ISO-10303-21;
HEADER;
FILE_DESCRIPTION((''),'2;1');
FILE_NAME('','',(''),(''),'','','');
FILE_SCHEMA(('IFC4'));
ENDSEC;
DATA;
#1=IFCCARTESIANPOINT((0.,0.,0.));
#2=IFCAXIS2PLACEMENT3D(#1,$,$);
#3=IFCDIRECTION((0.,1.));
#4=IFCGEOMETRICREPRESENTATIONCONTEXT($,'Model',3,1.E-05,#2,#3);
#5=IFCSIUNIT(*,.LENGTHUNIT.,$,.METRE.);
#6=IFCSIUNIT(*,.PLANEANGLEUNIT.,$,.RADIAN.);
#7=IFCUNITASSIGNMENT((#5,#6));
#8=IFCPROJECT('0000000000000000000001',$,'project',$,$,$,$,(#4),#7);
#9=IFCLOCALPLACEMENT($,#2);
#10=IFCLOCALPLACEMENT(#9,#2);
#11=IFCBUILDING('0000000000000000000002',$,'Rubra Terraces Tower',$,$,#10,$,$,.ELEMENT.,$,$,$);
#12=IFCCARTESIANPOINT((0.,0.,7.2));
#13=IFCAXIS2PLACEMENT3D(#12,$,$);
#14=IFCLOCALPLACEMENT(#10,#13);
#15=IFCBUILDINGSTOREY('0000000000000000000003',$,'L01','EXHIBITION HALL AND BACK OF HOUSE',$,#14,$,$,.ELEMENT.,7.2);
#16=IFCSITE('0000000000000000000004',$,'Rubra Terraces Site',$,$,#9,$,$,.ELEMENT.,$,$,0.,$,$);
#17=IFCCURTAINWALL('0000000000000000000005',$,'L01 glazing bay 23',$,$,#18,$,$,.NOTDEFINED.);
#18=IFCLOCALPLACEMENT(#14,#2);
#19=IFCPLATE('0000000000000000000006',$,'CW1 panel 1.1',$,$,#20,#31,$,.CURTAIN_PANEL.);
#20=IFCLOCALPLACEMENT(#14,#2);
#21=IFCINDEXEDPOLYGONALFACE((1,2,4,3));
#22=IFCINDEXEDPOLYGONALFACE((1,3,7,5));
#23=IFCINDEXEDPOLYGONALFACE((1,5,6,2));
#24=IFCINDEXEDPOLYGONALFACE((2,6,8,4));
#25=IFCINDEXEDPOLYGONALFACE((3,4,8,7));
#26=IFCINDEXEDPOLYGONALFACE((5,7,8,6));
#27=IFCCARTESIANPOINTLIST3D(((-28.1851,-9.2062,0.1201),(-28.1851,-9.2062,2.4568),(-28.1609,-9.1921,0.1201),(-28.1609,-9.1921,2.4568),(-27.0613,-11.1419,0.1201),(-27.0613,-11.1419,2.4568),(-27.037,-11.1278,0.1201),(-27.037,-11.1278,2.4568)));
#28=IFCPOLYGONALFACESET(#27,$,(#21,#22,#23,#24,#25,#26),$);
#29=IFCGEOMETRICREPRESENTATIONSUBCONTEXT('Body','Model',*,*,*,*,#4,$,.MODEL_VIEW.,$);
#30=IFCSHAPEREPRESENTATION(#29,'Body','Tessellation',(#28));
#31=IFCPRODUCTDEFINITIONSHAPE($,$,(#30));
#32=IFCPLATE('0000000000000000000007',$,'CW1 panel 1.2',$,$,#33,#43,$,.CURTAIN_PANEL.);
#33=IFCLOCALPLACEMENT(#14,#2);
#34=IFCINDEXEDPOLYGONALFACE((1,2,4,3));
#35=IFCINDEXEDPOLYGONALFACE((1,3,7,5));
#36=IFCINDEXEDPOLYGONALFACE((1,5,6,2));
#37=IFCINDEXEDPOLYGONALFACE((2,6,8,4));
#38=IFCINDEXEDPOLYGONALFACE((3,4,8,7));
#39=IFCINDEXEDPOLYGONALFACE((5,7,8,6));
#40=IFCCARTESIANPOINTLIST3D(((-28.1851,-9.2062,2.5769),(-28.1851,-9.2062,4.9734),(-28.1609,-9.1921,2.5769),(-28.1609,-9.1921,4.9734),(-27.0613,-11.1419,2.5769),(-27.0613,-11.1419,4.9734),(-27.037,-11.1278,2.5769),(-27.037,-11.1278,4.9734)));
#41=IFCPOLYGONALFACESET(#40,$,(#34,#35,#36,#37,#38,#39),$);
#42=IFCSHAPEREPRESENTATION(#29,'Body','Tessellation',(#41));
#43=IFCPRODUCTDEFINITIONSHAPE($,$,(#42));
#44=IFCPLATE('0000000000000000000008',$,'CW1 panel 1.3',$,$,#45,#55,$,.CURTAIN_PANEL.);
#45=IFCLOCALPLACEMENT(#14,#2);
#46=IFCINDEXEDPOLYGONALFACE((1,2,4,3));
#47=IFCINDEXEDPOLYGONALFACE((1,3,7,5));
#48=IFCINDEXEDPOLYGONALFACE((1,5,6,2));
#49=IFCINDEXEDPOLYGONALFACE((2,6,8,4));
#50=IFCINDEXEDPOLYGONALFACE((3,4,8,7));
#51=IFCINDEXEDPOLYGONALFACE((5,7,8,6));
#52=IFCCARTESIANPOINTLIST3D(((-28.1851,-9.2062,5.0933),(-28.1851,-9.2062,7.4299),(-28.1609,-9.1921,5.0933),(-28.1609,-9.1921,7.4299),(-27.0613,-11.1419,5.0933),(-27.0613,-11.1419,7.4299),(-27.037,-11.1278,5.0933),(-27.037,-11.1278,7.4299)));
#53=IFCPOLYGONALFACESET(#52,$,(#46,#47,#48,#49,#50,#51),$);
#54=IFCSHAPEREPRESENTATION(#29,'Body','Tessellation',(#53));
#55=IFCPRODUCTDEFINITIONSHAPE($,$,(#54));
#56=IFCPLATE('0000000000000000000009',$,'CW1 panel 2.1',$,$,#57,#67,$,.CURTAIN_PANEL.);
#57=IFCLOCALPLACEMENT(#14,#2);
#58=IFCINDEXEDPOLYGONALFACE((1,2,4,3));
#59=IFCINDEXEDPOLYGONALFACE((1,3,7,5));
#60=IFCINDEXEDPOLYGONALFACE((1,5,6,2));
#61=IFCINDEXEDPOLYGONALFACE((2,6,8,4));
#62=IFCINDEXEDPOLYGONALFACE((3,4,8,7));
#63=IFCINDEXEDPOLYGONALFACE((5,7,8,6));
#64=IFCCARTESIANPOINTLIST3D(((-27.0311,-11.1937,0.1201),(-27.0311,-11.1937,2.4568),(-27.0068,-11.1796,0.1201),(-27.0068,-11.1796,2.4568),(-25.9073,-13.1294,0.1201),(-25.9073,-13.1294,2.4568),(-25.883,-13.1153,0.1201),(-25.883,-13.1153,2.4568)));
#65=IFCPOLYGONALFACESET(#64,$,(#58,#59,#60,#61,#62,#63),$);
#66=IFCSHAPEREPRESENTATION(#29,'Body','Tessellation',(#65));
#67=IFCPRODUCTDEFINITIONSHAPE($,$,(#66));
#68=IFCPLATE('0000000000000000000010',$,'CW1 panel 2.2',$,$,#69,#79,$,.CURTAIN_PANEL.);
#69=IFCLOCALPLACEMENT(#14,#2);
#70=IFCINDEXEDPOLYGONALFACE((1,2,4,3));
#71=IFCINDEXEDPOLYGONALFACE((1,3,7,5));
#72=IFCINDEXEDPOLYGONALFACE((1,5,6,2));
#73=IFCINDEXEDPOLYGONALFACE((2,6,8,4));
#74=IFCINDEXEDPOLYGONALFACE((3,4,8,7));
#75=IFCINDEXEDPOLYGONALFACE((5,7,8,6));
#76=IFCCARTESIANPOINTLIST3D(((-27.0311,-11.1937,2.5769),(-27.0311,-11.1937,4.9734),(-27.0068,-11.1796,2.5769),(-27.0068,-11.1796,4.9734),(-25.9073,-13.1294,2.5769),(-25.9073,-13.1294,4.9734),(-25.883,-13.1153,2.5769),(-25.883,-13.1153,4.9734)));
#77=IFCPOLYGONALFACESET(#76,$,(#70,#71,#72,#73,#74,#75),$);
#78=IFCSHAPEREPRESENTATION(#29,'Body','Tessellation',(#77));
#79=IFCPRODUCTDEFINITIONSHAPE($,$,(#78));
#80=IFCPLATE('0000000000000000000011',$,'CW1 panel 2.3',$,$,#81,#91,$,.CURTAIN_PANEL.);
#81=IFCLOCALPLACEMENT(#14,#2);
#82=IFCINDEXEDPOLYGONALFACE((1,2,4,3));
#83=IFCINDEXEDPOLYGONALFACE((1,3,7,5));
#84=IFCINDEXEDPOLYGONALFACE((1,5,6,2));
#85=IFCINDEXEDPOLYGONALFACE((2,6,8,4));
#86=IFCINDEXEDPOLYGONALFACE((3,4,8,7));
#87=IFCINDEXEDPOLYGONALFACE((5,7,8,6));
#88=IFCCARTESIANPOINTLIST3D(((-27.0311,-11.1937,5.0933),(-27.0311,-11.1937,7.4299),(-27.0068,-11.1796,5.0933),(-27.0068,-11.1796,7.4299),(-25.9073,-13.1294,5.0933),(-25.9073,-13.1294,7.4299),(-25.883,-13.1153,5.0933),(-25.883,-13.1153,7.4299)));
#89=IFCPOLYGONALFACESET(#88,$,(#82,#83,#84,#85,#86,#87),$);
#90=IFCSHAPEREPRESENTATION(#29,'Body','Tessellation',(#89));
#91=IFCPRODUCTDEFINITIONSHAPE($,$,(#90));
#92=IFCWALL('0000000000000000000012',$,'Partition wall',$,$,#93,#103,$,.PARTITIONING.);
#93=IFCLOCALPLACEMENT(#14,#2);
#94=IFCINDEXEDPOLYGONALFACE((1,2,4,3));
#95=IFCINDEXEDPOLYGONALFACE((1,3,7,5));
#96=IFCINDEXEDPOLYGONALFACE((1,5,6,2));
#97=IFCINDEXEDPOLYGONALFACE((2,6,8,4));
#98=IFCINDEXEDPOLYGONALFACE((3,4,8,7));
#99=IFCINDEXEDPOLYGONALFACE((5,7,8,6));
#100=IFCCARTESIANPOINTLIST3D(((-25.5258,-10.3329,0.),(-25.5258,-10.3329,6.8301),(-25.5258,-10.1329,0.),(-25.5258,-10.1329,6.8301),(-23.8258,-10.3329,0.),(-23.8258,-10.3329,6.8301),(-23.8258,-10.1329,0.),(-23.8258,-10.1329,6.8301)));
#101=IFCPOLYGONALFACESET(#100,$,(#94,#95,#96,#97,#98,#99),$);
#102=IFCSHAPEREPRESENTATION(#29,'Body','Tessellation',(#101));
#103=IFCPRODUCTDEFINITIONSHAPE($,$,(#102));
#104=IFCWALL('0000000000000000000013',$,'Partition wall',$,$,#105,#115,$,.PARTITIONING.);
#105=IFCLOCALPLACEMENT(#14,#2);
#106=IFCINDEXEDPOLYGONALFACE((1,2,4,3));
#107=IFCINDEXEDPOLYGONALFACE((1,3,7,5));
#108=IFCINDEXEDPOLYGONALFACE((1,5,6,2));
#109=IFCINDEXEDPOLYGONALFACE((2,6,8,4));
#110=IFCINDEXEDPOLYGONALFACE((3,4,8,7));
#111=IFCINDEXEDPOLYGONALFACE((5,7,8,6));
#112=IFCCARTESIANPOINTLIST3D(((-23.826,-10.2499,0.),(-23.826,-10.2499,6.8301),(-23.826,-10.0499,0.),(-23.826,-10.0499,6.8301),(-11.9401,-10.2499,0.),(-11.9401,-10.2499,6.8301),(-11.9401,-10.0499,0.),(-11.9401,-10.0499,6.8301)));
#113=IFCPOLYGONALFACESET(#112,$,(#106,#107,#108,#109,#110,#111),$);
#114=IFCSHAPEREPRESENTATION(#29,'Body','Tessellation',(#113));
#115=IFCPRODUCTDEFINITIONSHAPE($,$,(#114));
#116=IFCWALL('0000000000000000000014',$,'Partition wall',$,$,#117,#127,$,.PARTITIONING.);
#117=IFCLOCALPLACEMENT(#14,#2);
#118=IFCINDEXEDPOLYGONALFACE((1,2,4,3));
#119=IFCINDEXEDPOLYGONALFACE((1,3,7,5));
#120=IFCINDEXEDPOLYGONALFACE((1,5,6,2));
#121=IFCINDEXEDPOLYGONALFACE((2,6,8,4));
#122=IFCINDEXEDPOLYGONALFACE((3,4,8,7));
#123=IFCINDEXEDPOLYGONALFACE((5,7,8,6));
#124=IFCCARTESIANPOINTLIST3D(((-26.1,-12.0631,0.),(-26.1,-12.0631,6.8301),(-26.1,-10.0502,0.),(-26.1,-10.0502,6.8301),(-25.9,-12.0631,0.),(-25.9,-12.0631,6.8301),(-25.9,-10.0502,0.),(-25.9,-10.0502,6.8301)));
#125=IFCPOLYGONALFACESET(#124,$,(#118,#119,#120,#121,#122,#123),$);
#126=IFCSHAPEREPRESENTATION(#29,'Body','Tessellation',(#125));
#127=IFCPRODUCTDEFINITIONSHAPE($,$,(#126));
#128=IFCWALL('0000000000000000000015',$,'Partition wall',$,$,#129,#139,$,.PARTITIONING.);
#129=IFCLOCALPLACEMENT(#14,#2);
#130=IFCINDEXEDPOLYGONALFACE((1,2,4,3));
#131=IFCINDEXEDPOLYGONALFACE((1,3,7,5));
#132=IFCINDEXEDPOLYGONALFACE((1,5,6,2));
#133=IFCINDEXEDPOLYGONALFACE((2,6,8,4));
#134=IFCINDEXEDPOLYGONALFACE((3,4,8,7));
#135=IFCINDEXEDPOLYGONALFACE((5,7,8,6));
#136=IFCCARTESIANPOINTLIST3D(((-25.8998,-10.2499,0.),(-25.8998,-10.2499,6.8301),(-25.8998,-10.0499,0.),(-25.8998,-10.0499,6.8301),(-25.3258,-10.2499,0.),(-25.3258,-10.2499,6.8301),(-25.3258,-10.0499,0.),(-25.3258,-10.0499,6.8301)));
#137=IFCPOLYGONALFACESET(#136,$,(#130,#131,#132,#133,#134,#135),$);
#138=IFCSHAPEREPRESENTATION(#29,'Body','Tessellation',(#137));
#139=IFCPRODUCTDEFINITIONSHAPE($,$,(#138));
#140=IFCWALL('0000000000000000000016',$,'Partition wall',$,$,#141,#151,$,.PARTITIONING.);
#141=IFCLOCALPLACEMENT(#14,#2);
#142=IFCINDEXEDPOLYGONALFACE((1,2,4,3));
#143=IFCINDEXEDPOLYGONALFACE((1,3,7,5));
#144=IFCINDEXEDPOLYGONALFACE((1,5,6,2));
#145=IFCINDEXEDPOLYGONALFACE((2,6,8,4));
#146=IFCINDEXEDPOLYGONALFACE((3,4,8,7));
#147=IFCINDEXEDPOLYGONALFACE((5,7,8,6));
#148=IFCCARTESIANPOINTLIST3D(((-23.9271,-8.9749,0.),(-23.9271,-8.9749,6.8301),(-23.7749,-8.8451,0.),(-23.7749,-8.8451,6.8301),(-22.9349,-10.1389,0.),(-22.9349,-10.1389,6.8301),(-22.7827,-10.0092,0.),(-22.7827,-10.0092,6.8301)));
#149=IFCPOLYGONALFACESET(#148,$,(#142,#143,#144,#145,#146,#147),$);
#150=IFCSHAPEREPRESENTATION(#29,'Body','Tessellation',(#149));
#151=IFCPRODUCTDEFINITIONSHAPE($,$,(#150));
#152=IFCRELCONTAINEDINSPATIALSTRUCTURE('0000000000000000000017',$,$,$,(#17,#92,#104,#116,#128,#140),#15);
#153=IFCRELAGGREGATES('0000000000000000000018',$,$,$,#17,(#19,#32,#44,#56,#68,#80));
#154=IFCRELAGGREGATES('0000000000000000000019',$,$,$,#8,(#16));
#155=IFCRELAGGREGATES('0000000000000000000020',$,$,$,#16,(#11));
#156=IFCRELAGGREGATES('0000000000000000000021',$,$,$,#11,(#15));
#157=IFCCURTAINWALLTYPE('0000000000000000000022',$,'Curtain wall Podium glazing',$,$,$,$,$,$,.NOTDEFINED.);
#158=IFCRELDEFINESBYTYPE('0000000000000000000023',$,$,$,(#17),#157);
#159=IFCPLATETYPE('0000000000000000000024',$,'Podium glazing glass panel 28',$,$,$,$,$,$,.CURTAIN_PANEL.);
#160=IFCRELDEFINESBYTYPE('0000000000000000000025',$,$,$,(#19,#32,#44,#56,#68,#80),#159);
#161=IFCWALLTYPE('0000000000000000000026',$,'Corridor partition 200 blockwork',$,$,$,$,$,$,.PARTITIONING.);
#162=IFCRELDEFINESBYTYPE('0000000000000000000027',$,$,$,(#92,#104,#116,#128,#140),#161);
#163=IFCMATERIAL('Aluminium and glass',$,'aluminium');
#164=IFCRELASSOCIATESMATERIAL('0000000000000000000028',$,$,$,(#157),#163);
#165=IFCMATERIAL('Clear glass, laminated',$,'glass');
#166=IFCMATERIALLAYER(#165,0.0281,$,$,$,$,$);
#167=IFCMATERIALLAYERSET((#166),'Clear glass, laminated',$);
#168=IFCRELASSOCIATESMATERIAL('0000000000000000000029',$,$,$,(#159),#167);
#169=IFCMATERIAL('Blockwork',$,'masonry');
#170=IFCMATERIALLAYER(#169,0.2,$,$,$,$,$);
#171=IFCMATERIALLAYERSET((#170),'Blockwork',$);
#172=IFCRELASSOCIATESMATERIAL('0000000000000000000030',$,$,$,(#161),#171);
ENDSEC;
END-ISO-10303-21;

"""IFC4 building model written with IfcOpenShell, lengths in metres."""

from ifc_helpers import new_model, si_unit, direction, frame, frame_2d, origin, origin_2d, place, context, subcontext, project, spatial, rectangle, extrude, material, layer, layer_set, type_object, element, aggregate, save


model = new_model("IFC4")

# Units and contexts
model_context = context("Model", 3, precision=1e-05, world=origin(), true_north=direction((0.0, 1.0)))
body_context = subcontext(model_context, "Body", "Model", "MODEL_VIEW")
ifc_project = project(units=[si_unit("LENGTHUNIT", "METRE"), si_unit("PLANEANGLEUNIT", "RADIAN")], contexts=[model_context])

# Site, building, storey
site_placement = place(None, origin())
site = spatial("IfcSite", under=ifc_project, at=site_placement, Name="Rubra Terraces Site", CompositionType="ELEMENT", RefElevation=0.0)
building_placement = place(site_placement, origin())
building = spatial("IfcBuilding", under=site, at=building_placement, Name="Rubra Terraces Tower", CompositionType="ELEMENT")
storey_placement = place(building_placement, frame((0.0, 0.0, 7.2)))
storey = spatial("IfcBuildingStorey", under=building, at=storey_placement, Name="L01", Description="EXHIBITION HALL AND BACK OF HOUSE", CompositionType="ELEMENT", Elevation=7.2)

# Curtain wall
ifc_material_1 = material(Name="Aluminium and glass", Category="aluminium")
curtain_wall_type = type_object("IfcCurtainWallType", Name="Curtain wall Podium glazing", PredefinedType="NOTDEFINED", material=ifc_material_1)
curtain_wall_1_placement = place(storey_placement, origin())
curtain_wall_1 = element("IfcCurtainWall", 1, at=curtain_wall_1_placement, inside=storey, type_object=curtain_wall_type, Name="L01 glazing bay 23", PredefinedType="NOTDEFINED")

# Plates
ifc_material_2 = material(Name="Clear glass, laminated", Category="glass")
ifc_layer_1 = layer(ifc_material_2, 0.0281)
ifc_layer_set_1 = layer_set([ifc_layer_1], Name="Clear glass, laminated")
plate_type = type_object("IfcPlateType", Name="Podium glazing glass panel 28", PredefinedType="CURTAIN_PANEL", material=ifc_layer_set_1)
plate_1_placement = place(storey_placement, frame((-27.6111, -10.167, 0.1201), z_axis=(0.0, 0.0, 1.0), x_axis=(0.502094, -0.864813, 0.0)))
plate_1 = element("IfcPlate", 2, at=plate_1_placement, type_object=plate_type, Name="CW1 panel 1.1", PredefinedType="CURTAIN_PANEL", context=body_context, shape_type="SweptSolid", body=[
    extrude(rectangle(XDim=2.2383, YDim=0.0281, at=origin_2d()), origin(), (0.0, 0.0, 1.0), 2.3367),
])
plate_2_placement = place(storey_placement, frame((-27.6111, -10.167, 2.5769), z_axis=(0.0, 0.0, 1.0), x_axis=(0.502094, -0.864813, 0.0)))
plate_2 = element("IfcPlate", 3, at=plate_2_placement, type_object=plate_type, Name="CW1 panel 1.2", PredefinedType="CURTAIN_PANEL", context=body_context, shape_type="SweptSolid", body=[
    extrude(rectangle(XDim=2.2383, YDim=0.0281, at=origin_2d()), origin(), (0.0, 0.0, 1.0), 2.3965),
])
plate_3_placement = place(storey_placement, frame((-27.6111, -10.167, 5.0933), z_axis=(0.0, 0.0, 1.0), x_axis=(0.502094, -0.864813, 0.0)))
plate_3 = element("IfcPlate", 4, at=plate_3_placement, type_object=plate_type, Name="CW1 panel 1.3", PredefinedType="CURTAIN_PANEL", context=body_context, shape_type="SweptSolid", body=[
    extrude(rectangle(XDim=2.2383, YDim=0.0281, at=origin_2d()), origin(), (0.0, 0.0, 1.0), 2.3367),
])
plate_4_placement = place(storey_placement, frame((-26.457, -12.1545, 0.1201), z_axis=(0.0, 0.0, 1.0), x_axis=(0.502094, -0.864813, 0.0)))
plate_4 = element("IfcPlate", 5, at=plate_4_placement, type_object=plate_type, Name="CW1 panel 2.1", PredefinedType="CURTAIN_PANEL", context=body_context, shape_type="SweptSolid", body=[
    extrude(rectangle(XDim=2.2383, YDim=0.0281, at=origin_2d()), origin(), (0.0, 0.0, 1.0), 2.3367),
])
plate_5_placement = place(storey_placement, frame((-26.457, -12.1545, 2.5769), z_axis=(0.0, 0.0, 1.0), x_axis=(0.502094, -0.864813, 0.0)))
plate_5 = element("IfcPlate", 6, at=plate_5_placement, type_object=plate_type, Name="CW1 panel 2.2", PredefinedType="CURTAIN_PANEL", context=body_context, shape_type="SweptSolid", body=[
    extrude(rectangle(XDim=2.2383, YDim=0.0281, at=origin_2d()), origin(), (0.0, 0.0, 1.0), 2.3965),
])
plate_6_placement = place(storey_placement, frame((-26.457, -12.1545, 5.0933), z_axis=(0.0, 0.0, 1.0), x_axis=(0.502094, -0.864813, 0.0)))
plate_6 = element("IfcPlate", 7, at=plate_6_placement, type_object=plate_type, Name="CW1 panel 2.3", PredefinedType="CURTAIN_PANEL", context=body_context, shape_type="SweptSolid", body=[
    extrude(rectangle(XDim=2.2383, YDim=0.0281, at=origin_2d()), origin(), (0.0, 0.0, 1.0), 2.3367),
])
aggregate(curtain_wall_1, [plate_1, plate_2, plate_3, plate_4, plate_5, plate_6])

# Walls
ifc_material_3 = material(Name="Blockwork", Category="masonry")
ifc_layer_2 = layer(ifc_material_3, 0.2)
ifc_layer_set_2 = layer_set([ifc_layer_2], Name="Blockwork")
wall_type = type_object("IfcWallType", Name="Corridor partition 200 blockwork", PredefinedType="PARTITIONING", material=ifc_layer_set_2)
wall_1_placement = place(storey_placement, frame((-25.5259, -10.2329, 0.0), z_axis=(0.0, 0.0, 1.0), x_axis=(1.0, 0.0, 0.0)))
element("IfcWall", 8, at=wall_1_placement, inside=storey, type_object=wall_type, Name="Partition wall", PredefinedType="PARTITIONING", context=body_context, shape_type="SweptSolid", body=[
    extrude(rectangle(XDim=1.7, YDim=0.2, at=frame_2d((0.8501, 0.0))), origin(), (0.0, 0.0, 1.0), 6.8301),
])
wall_2_placement = place(storey_placement, frame((-23.8259, -10.1499, 0.0), z_axis=(0.0, 0.0, 1.0), x_axis=(1.0, 0.0, 0.0)))
element("IfcWall", 9, at=wall_2_placement, inside=storey, type_object=wall_type, Name="Partition wall", PredefinedType="PARTITIONING", context=body_context, shape_type="SweptSolid", body=[
    extrude(rectangle(XDim=11.886, YDim=0.2, at=frame_2d((5.9429, 0.0))), origin(), (0.0, 0.0, 1.0), 6.8301),
])
wall_3_placement = place(storey_placement, frame((-26.0, -12.063, 0.0), z_axis=(0.0, 0.0, 1.0), x_axis=(0.0, 1.0, 0.0)))
element("IfcWall", 10, at=wall_3_placement, inside=storey, type_object=wall_type, Name="Partition wall", PredefinedType="PARTITIONING", context=body_context, shape_type="SweptSolid", body=[
    extrude(rectangle(XDim=2.0129, YDim=0.2, at=frame_2d((1.0063, 0.0))), origin(), (0.0, 0.0, 1.0), 6.8301),
])
wall_4_placement = place(storey_placement, frame((-25.8999, -10.1499, 0.0), z_axis=(0.0, 0.0, 1.0), x_axis=(1.0, 0.0, 0.0)))
element("IfcWall", 11, at=wall_4_placement, inside=storey, type_object=wall_type, Name="Partition wall", PredefinedType="PARTITIONING", context=body_context, shape_type="SweptSolid", body=[
    extrude(rectangle(XDim=0.574, YDim=0.2, at=frame_2d((0.2871, 0.0))), origin(), (0.0, 0.0, 1.0), 6.8301),
])
wall_5_placement = place(storey_placement, frame((-22.8589, -10.074, 0.0), z_axis=(0.0, 0.0, 1.0), x_axis=(-0.648686, 0.761056, 0.0)))
element("IfcWall", 12, at=wall_5_placement, inside=storey, type_object=wall_type, Name="Partition wall", PredefinedType="PARTITIONING", context=body_context, shape_type="SweptSolid", body=[
    extrude(rectangle(XDim=1.5295, YDim=0.2, at=frame_2d((0.7646, 0.0))), origin(), (0.0, 0.0, 1.0), 6.8301),
])

save(model, "model.ifc")
